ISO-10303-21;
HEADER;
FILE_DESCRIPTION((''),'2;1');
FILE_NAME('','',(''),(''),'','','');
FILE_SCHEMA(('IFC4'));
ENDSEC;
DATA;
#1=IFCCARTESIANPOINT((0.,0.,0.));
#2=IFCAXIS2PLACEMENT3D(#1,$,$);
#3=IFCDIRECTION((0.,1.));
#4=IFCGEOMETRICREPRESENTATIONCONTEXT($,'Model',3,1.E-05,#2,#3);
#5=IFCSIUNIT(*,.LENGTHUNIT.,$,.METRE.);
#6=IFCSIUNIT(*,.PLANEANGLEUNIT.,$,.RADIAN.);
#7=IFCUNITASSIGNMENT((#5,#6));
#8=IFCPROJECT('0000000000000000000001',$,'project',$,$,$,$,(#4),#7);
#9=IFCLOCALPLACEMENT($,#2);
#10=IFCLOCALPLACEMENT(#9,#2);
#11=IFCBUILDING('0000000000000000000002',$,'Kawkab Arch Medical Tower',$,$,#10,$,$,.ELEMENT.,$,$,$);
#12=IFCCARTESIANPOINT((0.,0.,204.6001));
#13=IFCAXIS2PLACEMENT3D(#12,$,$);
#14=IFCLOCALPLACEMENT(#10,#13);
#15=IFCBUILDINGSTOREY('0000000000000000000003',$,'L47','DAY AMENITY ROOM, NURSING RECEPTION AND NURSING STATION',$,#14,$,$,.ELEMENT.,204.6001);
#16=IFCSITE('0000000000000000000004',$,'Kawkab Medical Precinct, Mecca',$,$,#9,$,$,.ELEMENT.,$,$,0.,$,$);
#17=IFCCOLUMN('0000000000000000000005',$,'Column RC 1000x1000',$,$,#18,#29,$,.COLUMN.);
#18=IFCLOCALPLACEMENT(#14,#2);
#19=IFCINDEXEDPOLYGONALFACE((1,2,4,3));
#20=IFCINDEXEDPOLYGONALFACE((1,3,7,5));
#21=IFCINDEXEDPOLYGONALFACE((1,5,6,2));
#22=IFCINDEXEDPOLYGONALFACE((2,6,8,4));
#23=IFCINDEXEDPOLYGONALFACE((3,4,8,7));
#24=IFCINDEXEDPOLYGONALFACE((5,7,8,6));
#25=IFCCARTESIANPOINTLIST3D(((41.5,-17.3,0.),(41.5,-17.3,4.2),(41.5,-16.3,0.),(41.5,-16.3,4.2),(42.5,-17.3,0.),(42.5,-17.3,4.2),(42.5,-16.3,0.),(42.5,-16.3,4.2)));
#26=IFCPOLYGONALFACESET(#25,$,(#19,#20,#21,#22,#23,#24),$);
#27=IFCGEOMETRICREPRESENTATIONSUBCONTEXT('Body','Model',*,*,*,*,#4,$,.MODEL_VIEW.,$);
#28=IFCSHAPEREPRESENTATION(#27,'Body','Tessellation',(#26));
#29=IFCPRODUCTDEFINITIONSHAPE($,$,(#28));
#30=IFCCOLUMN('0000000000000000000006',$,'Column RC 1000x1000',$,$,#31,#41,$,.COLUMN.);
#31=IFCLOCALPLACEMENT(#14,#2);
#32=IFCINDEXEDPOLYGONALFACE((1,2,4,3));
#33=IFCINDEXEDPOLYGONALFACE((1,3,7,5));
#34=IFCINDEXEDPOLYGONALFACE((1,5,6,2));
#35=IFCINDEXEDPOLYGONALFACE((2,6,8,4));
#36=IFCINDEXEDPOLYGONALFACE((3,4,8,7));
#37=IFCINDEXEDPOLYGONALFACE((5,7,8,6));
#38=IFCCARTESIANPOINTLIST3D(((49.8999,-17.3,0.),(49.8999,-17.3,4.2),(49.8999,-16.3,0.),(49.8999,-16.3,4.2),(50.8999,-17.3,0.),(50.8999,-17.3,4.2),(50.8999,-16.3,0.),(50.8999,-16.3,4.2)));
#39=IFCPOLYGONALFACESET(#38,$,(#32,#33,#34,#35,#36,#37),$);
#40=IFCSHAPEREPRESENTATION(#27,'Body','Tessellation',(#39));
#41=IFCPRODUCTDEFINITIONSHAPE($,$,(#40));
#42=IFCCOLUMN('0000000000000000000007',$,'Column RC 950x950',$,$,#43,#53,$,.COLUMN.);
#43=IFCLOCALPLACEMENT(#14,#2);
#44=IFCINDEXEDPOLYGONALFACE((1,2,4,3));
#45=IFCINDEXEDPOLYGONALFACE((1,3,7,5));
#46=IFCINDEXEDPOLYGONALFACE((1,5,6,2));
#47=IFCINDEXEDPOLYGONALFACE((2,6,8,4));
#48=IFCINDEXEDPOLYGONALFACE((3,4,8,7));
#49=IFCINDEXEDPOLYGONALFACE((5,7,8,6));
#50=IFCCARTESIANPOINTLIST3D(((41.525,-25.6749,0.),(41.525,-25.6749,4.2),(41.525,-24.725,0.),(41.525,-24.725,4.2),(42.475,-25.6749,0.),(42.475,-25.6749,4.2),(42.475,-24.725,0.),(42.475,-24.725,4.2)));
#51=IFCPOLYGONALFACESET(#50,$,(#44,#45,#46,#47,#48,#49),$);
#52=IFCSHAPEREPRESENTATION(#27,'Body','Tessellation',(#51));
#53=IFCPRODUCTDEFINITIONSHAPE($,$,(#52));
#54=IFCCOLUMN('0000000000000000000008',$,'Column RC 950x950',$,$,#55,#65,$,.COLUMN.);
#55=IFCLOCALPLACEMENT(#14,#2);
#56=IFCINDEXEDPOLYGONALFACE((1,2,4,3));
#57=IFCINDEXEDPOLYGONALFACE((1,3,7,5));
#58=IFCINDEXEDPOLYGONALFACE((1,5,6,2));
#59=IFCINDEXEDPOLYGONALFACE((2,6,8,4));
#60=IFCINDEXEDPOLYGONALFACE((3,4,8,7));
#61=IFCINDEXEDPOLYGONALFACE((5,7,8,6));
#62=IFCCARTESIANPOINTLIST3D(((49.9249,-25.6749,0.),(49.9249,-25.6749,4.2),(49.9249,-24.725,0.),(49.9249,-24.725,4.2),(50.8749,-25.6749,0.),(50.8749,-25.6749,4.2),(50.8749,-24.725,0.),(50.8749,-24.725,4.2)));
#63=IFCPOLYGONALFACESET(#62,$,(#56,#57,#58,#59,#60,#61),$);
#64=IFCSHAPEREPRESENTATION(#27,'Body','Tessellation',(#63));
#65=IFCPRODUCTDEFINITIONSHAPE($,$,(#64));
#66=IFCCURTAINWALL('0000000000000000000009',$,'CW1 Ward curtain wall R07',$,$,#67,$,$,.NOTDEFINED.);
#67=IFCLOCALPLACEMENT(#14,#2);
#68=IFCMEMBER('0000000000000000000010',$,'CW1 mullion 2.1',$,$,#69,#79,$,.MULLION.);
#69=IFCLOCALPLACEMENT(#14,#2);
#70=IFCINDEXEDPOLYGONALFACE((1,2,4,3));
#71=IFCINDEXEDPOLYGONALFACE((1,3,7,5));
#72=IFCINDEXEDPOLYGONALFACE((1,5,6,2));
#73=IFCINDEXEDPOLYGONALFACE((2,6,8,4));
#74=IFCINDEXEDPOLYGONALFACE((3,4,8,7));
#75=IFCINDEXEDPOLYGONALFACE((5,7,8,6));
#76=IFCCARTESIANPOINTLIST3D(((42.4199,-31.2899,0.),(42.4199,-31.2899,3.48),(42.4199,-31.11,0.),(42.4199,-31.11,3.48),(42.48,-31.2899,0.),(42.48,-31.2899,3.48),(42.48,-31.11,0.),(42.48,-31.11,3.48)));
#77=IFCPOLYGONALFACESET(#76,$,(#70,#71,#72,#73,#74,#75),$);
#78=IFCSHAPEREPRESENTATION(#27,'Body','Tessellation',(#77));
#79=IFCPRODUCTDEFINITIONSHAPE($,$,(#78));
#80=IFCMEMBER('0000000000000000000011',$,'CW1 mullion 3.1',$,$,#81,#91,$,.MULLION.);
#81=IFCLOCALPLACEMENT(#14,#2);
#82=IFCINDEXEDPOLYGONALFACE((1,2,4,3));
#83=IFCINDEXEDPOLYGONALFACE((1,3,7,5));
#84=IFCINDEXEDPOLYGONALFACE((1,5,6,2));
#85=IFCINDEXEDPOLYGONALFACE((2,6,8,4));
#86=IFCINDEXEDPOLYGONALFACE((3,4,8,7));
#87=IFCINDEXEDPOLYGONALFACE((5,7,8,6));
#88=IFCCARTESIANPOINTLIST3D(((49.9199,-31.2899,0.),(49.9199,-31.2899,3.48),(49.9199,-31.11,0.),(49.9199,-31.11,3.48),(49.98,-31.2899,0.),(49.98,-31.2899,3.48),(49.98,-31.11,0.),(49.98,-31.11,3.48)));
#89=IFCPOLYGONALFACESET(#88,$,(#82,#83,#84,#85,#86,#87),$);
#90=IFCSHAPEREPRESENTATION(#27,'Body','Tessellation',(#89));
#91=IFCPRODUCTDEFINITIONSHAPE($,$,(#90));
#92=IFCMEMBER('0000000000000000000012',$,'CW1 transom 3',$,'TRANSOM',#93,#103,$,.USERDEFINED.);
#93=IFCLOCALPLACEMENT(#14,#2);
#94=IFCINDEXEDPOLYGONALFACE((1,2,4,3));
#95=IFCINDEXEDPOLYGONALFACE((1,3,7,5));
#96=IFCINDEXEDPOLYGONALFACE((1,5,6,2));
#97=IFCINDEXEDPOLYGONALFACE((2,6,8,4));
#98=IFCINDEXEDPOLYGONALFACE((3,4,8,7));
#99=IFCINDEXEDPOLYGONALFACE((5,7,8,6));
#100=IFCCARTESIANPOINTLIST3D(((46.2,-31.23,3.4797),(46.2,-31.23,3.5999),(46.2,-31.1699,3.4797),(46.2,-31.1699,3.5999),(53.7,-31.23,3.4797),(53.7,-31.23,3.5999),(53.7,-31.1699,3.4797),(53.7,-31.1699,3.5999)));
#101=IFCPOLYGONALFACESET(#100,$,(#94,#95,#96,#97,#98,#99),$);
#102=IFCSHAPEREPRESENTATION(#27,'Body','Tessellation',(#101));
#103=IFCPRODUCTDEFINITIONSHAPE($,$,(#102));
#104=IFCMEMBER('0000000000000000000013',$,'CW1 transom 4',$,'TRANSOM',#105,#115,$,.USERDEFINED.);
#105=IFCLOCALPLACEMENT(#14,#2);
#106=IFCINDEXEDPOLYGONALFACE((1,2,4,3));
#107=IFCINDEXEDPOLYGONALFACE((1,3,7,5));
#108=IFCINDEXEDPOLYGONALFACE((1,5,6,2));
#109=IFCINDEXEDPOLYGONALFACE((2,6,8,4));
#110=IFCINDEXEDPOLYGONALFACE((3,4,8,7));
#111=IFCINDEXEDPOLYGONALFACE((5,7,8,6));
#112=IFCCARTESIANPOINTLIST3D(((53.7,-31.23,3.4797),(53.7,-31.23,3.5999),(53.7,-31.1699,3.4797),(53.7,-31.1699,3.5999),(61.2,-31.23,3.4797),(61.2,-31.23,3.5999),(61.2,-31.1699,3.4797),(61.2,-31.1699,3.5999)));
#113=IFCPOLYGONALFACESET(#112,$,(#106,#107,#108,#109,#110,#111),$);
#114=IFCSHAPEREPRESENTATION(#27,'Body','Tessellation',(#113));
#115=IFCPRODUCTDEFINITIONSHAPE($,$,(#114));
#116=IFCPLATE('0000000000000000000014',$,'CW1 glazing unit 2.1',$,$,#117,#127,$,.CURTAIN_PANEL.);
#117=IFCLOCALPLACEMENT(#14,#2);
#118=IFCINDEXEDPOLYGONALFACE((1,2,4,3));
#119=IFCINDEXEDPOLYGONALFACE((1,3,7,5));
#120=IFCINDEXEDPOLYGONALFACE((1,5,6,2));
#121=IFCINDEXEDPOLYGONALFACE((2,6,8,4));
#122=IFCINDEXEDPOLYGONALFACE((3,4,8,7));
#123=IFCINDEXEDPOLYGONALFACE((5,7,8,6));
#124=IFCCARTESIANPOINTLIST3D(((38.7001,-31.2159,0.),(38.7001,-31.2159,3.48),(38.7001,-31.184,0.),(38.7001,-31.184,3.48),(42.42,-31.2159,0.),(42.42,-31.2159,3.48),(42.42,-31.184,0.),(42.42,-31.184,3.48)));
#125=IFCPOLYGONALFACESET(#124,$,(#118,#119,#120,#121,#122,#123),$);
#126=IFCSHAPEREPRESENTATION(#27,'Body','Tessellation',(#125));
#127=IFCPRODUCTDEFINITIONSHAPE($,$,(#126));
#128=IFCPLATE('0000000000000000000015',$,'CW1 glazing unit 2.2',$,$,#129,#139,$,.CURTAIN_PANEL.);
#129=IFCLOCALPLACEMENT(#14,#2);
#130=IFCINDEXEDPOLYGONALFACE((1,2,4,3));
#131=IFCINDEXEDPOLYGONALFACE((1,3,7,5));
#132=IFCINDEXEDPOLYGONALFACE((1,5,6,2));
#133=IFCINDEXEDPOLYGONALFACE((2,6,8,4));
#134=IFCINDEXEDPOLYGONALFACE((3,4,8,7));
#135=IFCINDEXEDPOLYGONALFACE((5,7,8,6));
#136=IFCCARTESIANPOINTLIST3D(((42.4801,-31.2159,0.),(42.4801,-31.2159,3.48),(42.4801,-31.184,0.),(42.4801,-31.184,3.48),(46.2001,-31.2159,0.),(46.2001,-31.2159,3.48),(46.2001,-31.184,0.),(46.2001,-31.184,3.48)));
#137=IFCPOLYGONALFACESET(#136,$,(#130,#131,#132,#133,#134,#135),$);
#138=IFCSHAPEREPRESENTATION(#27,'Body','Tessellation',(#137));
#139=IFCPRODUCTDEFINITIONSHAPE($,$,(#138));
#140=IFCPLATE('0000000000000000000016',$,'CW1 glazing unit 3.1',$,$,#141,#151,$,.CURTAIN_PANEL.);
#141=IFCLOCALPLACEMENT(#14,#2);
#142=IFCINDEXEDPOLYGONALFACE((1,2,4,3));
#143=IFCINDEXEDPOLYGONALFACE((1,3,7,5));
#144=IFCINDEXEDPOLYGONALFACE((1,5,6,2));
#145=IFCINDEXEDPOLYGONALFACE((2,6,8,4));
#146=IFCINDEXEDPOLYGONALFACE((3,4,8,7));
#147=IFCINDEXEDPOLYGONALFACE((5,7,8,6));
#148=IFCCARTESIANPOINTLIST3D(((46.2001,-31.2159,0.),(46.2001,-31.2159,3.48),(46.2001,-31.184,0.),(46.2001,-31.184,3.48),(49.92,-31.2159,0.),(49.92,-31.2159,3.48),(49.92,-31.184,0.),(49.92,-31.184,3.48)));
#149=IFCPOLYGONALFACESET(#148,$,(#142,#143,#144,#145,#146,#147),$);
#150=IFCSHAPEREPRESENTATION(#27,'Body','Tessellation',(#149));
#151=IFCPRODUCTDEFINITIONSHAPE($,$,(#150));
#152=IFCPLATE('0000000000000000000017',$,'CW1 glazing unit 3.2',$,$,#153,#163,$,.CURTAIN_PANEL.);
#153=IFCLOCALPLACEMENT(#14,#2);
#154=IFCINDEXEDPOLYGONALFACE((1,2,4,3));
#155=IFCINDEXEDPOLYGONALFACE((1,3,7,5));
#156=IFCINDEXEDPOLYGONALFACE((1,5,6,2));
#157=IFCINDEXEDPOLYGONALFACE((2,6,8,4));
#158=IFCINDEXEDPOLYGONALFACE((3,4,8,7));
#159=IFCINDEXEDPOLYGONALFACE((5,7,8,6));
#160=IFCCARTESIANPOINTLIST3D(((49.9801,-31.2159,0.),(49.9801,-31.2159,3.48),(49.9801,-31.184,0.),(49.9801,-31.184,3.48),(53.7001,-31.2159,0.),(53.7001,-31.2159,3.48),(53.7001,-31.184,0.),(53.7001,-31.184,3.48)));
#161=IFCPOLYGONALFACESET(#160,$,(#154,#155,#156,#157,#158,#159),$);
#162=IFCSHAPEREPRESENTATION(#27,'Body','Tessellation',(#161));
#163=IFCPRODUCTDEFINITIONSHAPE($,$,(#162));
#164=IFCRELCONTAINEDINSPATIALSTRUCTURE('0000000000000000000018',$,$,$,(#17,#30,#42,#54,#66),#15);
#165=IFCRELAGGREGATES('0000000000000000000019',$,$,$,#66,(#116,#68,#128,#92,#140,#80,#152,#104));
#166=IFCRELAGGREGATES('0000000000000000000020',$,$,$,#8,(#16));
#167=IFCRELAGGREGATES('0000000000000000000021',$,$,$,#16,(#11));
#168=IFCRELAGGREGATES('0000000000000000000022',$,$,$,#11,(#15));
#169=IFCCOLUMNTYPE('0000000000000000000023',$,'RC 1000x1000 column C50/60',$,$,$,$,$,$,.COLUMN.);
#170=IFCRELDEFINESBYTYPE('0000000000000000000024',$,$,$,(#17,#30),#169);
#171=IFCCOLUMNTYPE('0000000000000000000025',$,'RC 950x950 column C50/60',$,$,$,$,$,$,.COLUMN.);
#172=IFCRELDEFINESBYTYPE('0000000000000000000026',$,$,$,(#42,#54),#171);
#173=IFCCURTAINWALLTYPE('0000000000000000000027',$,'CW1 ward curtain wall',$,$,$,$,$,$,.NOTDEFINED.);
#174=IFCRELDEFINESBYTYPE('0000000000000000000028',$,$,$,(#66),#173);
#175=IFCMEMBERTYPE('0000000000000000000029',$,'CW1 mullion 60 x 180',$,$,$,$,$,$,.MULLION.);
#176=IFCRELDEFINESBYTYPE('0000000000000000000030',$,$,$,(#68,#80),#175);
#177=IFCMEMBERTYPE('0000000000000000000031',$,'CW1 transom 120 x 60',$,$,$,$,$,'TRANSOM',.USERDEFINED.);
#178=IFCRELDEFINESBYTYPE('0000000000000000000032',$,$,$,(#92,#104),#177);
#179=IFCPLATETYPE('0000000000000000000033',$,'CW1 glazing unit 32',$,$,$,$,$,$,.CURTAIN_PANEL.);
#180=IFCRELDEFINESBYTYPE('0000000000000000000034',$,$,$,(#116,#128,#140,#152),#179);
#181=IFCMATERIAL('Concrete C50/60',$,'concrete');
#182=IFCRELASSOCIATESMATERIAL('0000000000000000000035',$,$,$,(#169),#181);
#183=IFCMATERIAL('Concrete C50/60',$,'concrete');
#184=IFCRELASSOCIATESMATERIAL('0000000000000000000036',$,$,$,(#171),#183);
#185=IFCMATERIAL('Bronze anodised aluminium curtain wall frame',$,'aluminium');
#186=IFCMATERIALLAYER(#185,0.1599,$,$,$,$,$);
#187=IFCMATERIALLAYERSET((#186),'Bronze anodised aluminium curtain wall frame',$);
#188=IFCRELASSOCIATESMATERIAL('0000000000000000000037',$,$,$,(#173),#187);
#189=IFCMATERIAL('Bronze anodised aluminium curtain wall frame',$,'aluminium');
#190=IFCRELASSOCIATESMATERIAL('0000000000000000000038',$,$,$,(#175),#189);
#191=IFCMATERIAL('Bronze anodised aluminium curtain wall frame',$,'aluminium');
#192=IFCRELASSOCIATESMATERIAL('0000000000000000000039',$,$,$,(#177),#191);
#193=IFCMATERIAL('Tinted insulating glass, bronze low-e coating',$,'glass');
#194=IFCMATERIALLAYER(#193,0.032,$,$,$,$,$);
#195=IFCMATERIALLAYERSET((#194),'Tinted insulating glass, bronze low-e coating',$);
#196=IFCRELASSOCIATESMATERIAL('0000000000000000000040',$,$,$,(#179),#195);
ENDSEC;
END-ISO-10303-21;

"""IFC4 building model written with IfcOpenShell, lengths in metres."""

from ifc_helpers import new_model, si_unit, direction, frame, origin, origin_2d, place, context, subcontext, project, spatial, rectangle, extrude, material, layer, layer_set, material_profile, profile_set, type_object, element, aggregate, save


model = new_model("IFC4")

# Units and contexts
model_context = context("Model", 3, precision=1e-05, world=origin(), true_north=direction((0.0, 1.0)))
body_context = subcontext(model_context, "Body", "Model", "MODEL_VIEW")
ifc_project = project(units=[si_unit("LENGTHUNIT", "METRE"), si_unit("PLANEANGLEUNIT", "RADIAN")], contexts=[model_context])

# Site, building, storey
site_placement = place(None, origin())
site = spatial("IfcSite", under=ifc_project, at=site_placement, Name="Kawkab Medical Precinct, Mecca", CompositionType="ELEMENT", RefElevation=0.0)
building_placement = place(site_placement, origin())
building = spatial("IfcBuilding", under=site, at=building_placement, Name="Kawkab Arch Medical Tower", CompositionType="ELEMENT")
storey_placement = place(building_placement, frame((0.0, 0.0, 204.6001)))
storey = spatial("IfcBuildingStorey", under=building, at=storey_placement, Name="L47", Description="DAY AMENITY ROOM, NURSING RECEPTION AND NURSING STATION", CompositionType="ELEMENT", Elevation=204.6001)

# Columns
ifc_material_1 = material(Name="Concrete C50/60", Category="concrete")
ifc_material_profile_1 = material_profile(ifc_material_1, rectangle(XDim=1.0, YDim=1.0, at=origin_2d()), Name="RC 1000x1000")
ifc_profile_set_1 = profile_set([ifc_material_profile_1], Name="Concrete C50/60")
column_type_1 = type_object("IfcColumnType", Name="RC 1000x1000 column C50/60", PredefinedType="COLUMN", material=ifc_profile_set_1)
for number, where, z_axis, x_axis, name in (
    (1, (42.0, -16.8, 0.0), (0.0, 0.0, 1.0), (1.0, 0.0, 0.0), "Column RC 1000x1000"),
    (2, (50.3999, -16.8, 0.0), (0.0, 0.0, 1.0), (1.0, 0.0, 0.0), "Column RC 1000x1000"),
):
    element("IfcColumn", number, at=place(storey_placement, frame(where, z_axis=z_axis, x_axis=x_axis)), inside=storey, type_object=column_type_1, Name=name, PredefinedType="COLUMN", context=body_context, shape_type="SweptSolid", body=[
        extrude(rectangle(XDim=1.0, YDim=1.0, at=origin_2d()), origin(), (0.0, 0.0, 1.0), 4.2),
    ])
ifc_material_2 = material(Name="Concrete C50/60", Category="concrete")
ifc_material_profile_2 = material_profile(ifc_material_2, rectangle(XDim=0.95, YDim=0.95, at=origin_2d()), Name="RC 950x950")
ifc_profile_set_2 = profile_set([ifc_material_profile_2], Name="Concrete C50/60")
column_type_2 = type_object("IfcColumnType", Name="RC 950x950 column C50/60", PredefinedType="COLUMN", material=ifc_profile_set_2)
for number, where, z_axis, x_axis, name in (
    (3, (42.0, -25.2, 0.0), (0.0, 0.0, 1.0), (1.0, 0.0, 0.0), "Column RC 950x950"),
    (4, (50.3999, -25.2, 0.0), (0.0, 0.0, 1.0), (1.0, 0.0, 0.0), "Column RC 950x950"),
):
    element("IfcColumn", number, at=place(storey_placement, frame(where, z_axis=z_axis, x_axis=x_axis)), inside=storey, type_object=column_type_2, Name=name, PredefinedType="COLUMN", context=body_context, shape_type="SweptSolid", body=[
        extrude(rectangle(XDim=0.95, YDim=0.95, at=origin_2d()), origin(), (0.0, 0.0, 1.0), 4.2),
    ])

# Curtain wall, members, plates
ifc_material_3 = material(Name="Bronze anodised aluminium curtain wall frame", Category="aluminium")
ifc_layer_1 = layer(ifc_material_3, 0.1599)
ifc_layer_set_1 = layer_set([ifc_layer_1], Name="Bronze anodised aluminium curtain wall frame")
curtain_wall_type = type_object("IfcCurtainWallType", Name="CW1 ward curtain wall", PredefinedType="NOTDEFINED", material=ifc_layer_set_1)
curtain_wall_placement = place(storey_placement, origin())
curtain_wall = element("IfcCurtainWall", 5, at=curtain_wall_placement, inside=storey, type_object=curtain_wall_type, Name="CW1 Ward curtain wall R07", PredefinedType="NOTDEFINED")
ifc_material_4 = material(Name="Bronze anodised aluminium curtain wall frame", Category="aluminium")
ifc_material_profile_3 = material_profile(ifc_material_4, rectangle(XDim=0.1799, YDim=0.0601, at=origin_2d()), Name="AL 60x180")
ifc_profile_set_3 = profile_set([ifc_material_profile_3], Name="Bronze anodised aluminium curtain wall frame")
member_type_1 = type_object("IfcMemberType", Name="CW1 mullion 60 x 180", PredefinedType="MULLION", material=ifc_profile_set_3)
member_1_placement = place(storey_placement, frame((42.45, -31.2, 0.0), z_axis=(0.0, 0.0, 1.0), x_axis=(0.0, 1.0, 0.0)))
member_1 = element("IfcMember", 6, at=member_1_placement, type_object=member_type_1, Name="CW1 mullion 2.1", PredefinedType="MULLION", context=body_context, shape_type="SweptSolid", body=[
    extrude(rectangle(XDim=0.1799, YDim=0.0601, at=origin_2d()), origin(), (0.0, 0.0, 1.0), 3.48),
])
member_2_placement = place(storey_placement, frame((49.95, -31.2, 0.0), z_axis=(0.0, 0.0, 1.0), x_axis=(0.0, 1.0, 0.0)))
member_2 = element("IfcMember", 7, at=member_2_placement, type_object=member_type_1, Name="CW1 mullion 3.1", PredefinedType="MULLION", context=body_context, shape_type="SweptSolid", body=[
    extrude(rectangle(XDim=0.1799, YDim=0.0601, at=origin_2d()), origin(), (0.0, 0.0, 1.0), 3.48),
])
ifc_material_5 = material(Name="Bronze anodised aluminium curtain wall frame", Category="aluminium")
ifc_material_profile_4 = material_profile(ifc_material_5, rectangle(XDim=0.0601, YDim=0.1201, at=origin_2d()), Name="AL 60x120")
ifc_profile_set_4 = profile_set([ifc_material_profile_4], Name="Bronze anodised aluminium curtain wall frame")
member_type_2 = type_object("IfcMemberType", Name="CW1 transom 120 x 60", ElementType="TRANSOM", PredefinedType="USERDEFINED", material=ifc_profile_set_4)
member_3_placement = place(storey_placement, frame((46.2, -31.2, 3.5398), z_axis=(1.0, 0.0, 0.0), x_axis=(0.0, 1.0, 0.0)))
member_3 = element("IfcMember", 8, at=member_3_placement, type_object=member_type_2, Name="CW1 transom 3", ObjectType="TRANSOM", PredefinedType="USERDEFINED", context=body_context, shape_type="SweptSolid", body=[
    extrude(rectangle(XDim=0.0601, YDim=0.1201, at=origin_2d()), origin(), (0.0, 0.0, 1.0), 7.5),
])
member_4_placement = place(storey_placement, frame((53.7, -31.2, 3.5398), z_axis=(1.0, 0.0, 0.0), x_axis=(0.0, 1.0, 0.0)))
member_4 = element("IfcMember", 9, at=member_4_placement, type_object=member_type_2, Name="CW1 transom 4", ObjectType="TRANSOM", PredefinedType="USERDEFINED", context=body_context, shape_type="SweptSolid", body=[
    extrude(rectangle(XDim=0.0601, YDim=0.1201, at=origin_2d()), origin(), (0.0, 0.0, 1.0), 7.5),
])
ifc_material_6 = material(Name="Tinted insulating glass, bronze low-e coating", Category="glass")
ifc_layer_2 = layer(ifc_material_6, 0.032)
ifc_layer_set_2 = layer_set([ifc_layer_2], Name="Tinted insulating glass, bronze low-e coating")
plate_type = type_object("IfcPlateType", Name="CW1 glazing unit 32", PredefinedType="CURTAIN_PANEL", material=ifc_layer_set_2)
plate_1_placement = place(storey_placement, frame((40.5601, -31.2, 0.0), z_axis=(0.0, 0.0, 1.0), x_axis=(1.0, 0.0, 0.0)))
plate_1 = element("IfcPlate", 10, at=plate_1_placement, type_object=plate_type, Name="CW1 glazing unit 2.1", PredefinedType="CURTAIN_PANEL", context=body_context, shape_type="SweptSolid", body=[
    extrude(rectangle(XDim=3.72, YDim=0.032, at=origin_2d()), origin(), (0.0, 0.0, 1.0), 3.48),
])
plate_2_placement = place(storey_placement, frame((44.3401, -31.2, 0.0), z_axis=(0.0, 0.0, 1.0), x_axis=(1.0, 0.0, 0.0)))
plate_2 = element("IfcPlate", 11, at=plate_2_placement, type_object=plate_type, Name="CW1 glazing unit 2.2", PredefinedType="CURTAIN_PANEL", context=body_context, shape_type="SweptSolid", body=[
    extrude(rectangle(XDim=3.72, YDim=0.032, at=origin_2d()), origin(), (0.0, 0.0, 1.0), 3.48),
])
plate_3_placement = place(storey_placement, frame((48.0601, -31.2, 0.0), z_axis=(0.0, 0.0, 1.0), x_axis=(1.0, 0.0, 0.0)))
plate_3 = element("IfcPlate", 12, at=plate_3_placement, type_object=plate_type, Name="CW1 glazing unit 3.1", PredefinedType="CURTAIN_PANEL", context=body_context, shape_type="SweptSolid", body=[
    extrude(rectangle(XDim=3.72, YDim=0.032, at=origin_2d()), origin(), (0.0, 0.0, 1.0), 3.48),
])
plate_4_placement = place(storey_placement, frame((51.8401, -31.2, 0.0), z_axis=(0.0, 0.0, 1.0), x_axis=(1.0, 0.0, 0.0)))
plate_4 = element("IfcPlate", 13, at=plate_4_placement, type_object=plate_type, Name="CW1 glazing unit 3.2", PredefinedType="CURTAIN_PANEL", context=body_context, shape_type="SweptSolid", body=[
    extrude(rectangle(XDim=3.72, YDim=0.032, at=origin_2d()), origin(), (0.0, 0.0, 1.0), 3.48),
])
aggregate(curtain_wall, [plate_1, member_1, plate_2, member_3, plate_3, member_2, plate_4, member_4])

save(model, "model.ifc")
